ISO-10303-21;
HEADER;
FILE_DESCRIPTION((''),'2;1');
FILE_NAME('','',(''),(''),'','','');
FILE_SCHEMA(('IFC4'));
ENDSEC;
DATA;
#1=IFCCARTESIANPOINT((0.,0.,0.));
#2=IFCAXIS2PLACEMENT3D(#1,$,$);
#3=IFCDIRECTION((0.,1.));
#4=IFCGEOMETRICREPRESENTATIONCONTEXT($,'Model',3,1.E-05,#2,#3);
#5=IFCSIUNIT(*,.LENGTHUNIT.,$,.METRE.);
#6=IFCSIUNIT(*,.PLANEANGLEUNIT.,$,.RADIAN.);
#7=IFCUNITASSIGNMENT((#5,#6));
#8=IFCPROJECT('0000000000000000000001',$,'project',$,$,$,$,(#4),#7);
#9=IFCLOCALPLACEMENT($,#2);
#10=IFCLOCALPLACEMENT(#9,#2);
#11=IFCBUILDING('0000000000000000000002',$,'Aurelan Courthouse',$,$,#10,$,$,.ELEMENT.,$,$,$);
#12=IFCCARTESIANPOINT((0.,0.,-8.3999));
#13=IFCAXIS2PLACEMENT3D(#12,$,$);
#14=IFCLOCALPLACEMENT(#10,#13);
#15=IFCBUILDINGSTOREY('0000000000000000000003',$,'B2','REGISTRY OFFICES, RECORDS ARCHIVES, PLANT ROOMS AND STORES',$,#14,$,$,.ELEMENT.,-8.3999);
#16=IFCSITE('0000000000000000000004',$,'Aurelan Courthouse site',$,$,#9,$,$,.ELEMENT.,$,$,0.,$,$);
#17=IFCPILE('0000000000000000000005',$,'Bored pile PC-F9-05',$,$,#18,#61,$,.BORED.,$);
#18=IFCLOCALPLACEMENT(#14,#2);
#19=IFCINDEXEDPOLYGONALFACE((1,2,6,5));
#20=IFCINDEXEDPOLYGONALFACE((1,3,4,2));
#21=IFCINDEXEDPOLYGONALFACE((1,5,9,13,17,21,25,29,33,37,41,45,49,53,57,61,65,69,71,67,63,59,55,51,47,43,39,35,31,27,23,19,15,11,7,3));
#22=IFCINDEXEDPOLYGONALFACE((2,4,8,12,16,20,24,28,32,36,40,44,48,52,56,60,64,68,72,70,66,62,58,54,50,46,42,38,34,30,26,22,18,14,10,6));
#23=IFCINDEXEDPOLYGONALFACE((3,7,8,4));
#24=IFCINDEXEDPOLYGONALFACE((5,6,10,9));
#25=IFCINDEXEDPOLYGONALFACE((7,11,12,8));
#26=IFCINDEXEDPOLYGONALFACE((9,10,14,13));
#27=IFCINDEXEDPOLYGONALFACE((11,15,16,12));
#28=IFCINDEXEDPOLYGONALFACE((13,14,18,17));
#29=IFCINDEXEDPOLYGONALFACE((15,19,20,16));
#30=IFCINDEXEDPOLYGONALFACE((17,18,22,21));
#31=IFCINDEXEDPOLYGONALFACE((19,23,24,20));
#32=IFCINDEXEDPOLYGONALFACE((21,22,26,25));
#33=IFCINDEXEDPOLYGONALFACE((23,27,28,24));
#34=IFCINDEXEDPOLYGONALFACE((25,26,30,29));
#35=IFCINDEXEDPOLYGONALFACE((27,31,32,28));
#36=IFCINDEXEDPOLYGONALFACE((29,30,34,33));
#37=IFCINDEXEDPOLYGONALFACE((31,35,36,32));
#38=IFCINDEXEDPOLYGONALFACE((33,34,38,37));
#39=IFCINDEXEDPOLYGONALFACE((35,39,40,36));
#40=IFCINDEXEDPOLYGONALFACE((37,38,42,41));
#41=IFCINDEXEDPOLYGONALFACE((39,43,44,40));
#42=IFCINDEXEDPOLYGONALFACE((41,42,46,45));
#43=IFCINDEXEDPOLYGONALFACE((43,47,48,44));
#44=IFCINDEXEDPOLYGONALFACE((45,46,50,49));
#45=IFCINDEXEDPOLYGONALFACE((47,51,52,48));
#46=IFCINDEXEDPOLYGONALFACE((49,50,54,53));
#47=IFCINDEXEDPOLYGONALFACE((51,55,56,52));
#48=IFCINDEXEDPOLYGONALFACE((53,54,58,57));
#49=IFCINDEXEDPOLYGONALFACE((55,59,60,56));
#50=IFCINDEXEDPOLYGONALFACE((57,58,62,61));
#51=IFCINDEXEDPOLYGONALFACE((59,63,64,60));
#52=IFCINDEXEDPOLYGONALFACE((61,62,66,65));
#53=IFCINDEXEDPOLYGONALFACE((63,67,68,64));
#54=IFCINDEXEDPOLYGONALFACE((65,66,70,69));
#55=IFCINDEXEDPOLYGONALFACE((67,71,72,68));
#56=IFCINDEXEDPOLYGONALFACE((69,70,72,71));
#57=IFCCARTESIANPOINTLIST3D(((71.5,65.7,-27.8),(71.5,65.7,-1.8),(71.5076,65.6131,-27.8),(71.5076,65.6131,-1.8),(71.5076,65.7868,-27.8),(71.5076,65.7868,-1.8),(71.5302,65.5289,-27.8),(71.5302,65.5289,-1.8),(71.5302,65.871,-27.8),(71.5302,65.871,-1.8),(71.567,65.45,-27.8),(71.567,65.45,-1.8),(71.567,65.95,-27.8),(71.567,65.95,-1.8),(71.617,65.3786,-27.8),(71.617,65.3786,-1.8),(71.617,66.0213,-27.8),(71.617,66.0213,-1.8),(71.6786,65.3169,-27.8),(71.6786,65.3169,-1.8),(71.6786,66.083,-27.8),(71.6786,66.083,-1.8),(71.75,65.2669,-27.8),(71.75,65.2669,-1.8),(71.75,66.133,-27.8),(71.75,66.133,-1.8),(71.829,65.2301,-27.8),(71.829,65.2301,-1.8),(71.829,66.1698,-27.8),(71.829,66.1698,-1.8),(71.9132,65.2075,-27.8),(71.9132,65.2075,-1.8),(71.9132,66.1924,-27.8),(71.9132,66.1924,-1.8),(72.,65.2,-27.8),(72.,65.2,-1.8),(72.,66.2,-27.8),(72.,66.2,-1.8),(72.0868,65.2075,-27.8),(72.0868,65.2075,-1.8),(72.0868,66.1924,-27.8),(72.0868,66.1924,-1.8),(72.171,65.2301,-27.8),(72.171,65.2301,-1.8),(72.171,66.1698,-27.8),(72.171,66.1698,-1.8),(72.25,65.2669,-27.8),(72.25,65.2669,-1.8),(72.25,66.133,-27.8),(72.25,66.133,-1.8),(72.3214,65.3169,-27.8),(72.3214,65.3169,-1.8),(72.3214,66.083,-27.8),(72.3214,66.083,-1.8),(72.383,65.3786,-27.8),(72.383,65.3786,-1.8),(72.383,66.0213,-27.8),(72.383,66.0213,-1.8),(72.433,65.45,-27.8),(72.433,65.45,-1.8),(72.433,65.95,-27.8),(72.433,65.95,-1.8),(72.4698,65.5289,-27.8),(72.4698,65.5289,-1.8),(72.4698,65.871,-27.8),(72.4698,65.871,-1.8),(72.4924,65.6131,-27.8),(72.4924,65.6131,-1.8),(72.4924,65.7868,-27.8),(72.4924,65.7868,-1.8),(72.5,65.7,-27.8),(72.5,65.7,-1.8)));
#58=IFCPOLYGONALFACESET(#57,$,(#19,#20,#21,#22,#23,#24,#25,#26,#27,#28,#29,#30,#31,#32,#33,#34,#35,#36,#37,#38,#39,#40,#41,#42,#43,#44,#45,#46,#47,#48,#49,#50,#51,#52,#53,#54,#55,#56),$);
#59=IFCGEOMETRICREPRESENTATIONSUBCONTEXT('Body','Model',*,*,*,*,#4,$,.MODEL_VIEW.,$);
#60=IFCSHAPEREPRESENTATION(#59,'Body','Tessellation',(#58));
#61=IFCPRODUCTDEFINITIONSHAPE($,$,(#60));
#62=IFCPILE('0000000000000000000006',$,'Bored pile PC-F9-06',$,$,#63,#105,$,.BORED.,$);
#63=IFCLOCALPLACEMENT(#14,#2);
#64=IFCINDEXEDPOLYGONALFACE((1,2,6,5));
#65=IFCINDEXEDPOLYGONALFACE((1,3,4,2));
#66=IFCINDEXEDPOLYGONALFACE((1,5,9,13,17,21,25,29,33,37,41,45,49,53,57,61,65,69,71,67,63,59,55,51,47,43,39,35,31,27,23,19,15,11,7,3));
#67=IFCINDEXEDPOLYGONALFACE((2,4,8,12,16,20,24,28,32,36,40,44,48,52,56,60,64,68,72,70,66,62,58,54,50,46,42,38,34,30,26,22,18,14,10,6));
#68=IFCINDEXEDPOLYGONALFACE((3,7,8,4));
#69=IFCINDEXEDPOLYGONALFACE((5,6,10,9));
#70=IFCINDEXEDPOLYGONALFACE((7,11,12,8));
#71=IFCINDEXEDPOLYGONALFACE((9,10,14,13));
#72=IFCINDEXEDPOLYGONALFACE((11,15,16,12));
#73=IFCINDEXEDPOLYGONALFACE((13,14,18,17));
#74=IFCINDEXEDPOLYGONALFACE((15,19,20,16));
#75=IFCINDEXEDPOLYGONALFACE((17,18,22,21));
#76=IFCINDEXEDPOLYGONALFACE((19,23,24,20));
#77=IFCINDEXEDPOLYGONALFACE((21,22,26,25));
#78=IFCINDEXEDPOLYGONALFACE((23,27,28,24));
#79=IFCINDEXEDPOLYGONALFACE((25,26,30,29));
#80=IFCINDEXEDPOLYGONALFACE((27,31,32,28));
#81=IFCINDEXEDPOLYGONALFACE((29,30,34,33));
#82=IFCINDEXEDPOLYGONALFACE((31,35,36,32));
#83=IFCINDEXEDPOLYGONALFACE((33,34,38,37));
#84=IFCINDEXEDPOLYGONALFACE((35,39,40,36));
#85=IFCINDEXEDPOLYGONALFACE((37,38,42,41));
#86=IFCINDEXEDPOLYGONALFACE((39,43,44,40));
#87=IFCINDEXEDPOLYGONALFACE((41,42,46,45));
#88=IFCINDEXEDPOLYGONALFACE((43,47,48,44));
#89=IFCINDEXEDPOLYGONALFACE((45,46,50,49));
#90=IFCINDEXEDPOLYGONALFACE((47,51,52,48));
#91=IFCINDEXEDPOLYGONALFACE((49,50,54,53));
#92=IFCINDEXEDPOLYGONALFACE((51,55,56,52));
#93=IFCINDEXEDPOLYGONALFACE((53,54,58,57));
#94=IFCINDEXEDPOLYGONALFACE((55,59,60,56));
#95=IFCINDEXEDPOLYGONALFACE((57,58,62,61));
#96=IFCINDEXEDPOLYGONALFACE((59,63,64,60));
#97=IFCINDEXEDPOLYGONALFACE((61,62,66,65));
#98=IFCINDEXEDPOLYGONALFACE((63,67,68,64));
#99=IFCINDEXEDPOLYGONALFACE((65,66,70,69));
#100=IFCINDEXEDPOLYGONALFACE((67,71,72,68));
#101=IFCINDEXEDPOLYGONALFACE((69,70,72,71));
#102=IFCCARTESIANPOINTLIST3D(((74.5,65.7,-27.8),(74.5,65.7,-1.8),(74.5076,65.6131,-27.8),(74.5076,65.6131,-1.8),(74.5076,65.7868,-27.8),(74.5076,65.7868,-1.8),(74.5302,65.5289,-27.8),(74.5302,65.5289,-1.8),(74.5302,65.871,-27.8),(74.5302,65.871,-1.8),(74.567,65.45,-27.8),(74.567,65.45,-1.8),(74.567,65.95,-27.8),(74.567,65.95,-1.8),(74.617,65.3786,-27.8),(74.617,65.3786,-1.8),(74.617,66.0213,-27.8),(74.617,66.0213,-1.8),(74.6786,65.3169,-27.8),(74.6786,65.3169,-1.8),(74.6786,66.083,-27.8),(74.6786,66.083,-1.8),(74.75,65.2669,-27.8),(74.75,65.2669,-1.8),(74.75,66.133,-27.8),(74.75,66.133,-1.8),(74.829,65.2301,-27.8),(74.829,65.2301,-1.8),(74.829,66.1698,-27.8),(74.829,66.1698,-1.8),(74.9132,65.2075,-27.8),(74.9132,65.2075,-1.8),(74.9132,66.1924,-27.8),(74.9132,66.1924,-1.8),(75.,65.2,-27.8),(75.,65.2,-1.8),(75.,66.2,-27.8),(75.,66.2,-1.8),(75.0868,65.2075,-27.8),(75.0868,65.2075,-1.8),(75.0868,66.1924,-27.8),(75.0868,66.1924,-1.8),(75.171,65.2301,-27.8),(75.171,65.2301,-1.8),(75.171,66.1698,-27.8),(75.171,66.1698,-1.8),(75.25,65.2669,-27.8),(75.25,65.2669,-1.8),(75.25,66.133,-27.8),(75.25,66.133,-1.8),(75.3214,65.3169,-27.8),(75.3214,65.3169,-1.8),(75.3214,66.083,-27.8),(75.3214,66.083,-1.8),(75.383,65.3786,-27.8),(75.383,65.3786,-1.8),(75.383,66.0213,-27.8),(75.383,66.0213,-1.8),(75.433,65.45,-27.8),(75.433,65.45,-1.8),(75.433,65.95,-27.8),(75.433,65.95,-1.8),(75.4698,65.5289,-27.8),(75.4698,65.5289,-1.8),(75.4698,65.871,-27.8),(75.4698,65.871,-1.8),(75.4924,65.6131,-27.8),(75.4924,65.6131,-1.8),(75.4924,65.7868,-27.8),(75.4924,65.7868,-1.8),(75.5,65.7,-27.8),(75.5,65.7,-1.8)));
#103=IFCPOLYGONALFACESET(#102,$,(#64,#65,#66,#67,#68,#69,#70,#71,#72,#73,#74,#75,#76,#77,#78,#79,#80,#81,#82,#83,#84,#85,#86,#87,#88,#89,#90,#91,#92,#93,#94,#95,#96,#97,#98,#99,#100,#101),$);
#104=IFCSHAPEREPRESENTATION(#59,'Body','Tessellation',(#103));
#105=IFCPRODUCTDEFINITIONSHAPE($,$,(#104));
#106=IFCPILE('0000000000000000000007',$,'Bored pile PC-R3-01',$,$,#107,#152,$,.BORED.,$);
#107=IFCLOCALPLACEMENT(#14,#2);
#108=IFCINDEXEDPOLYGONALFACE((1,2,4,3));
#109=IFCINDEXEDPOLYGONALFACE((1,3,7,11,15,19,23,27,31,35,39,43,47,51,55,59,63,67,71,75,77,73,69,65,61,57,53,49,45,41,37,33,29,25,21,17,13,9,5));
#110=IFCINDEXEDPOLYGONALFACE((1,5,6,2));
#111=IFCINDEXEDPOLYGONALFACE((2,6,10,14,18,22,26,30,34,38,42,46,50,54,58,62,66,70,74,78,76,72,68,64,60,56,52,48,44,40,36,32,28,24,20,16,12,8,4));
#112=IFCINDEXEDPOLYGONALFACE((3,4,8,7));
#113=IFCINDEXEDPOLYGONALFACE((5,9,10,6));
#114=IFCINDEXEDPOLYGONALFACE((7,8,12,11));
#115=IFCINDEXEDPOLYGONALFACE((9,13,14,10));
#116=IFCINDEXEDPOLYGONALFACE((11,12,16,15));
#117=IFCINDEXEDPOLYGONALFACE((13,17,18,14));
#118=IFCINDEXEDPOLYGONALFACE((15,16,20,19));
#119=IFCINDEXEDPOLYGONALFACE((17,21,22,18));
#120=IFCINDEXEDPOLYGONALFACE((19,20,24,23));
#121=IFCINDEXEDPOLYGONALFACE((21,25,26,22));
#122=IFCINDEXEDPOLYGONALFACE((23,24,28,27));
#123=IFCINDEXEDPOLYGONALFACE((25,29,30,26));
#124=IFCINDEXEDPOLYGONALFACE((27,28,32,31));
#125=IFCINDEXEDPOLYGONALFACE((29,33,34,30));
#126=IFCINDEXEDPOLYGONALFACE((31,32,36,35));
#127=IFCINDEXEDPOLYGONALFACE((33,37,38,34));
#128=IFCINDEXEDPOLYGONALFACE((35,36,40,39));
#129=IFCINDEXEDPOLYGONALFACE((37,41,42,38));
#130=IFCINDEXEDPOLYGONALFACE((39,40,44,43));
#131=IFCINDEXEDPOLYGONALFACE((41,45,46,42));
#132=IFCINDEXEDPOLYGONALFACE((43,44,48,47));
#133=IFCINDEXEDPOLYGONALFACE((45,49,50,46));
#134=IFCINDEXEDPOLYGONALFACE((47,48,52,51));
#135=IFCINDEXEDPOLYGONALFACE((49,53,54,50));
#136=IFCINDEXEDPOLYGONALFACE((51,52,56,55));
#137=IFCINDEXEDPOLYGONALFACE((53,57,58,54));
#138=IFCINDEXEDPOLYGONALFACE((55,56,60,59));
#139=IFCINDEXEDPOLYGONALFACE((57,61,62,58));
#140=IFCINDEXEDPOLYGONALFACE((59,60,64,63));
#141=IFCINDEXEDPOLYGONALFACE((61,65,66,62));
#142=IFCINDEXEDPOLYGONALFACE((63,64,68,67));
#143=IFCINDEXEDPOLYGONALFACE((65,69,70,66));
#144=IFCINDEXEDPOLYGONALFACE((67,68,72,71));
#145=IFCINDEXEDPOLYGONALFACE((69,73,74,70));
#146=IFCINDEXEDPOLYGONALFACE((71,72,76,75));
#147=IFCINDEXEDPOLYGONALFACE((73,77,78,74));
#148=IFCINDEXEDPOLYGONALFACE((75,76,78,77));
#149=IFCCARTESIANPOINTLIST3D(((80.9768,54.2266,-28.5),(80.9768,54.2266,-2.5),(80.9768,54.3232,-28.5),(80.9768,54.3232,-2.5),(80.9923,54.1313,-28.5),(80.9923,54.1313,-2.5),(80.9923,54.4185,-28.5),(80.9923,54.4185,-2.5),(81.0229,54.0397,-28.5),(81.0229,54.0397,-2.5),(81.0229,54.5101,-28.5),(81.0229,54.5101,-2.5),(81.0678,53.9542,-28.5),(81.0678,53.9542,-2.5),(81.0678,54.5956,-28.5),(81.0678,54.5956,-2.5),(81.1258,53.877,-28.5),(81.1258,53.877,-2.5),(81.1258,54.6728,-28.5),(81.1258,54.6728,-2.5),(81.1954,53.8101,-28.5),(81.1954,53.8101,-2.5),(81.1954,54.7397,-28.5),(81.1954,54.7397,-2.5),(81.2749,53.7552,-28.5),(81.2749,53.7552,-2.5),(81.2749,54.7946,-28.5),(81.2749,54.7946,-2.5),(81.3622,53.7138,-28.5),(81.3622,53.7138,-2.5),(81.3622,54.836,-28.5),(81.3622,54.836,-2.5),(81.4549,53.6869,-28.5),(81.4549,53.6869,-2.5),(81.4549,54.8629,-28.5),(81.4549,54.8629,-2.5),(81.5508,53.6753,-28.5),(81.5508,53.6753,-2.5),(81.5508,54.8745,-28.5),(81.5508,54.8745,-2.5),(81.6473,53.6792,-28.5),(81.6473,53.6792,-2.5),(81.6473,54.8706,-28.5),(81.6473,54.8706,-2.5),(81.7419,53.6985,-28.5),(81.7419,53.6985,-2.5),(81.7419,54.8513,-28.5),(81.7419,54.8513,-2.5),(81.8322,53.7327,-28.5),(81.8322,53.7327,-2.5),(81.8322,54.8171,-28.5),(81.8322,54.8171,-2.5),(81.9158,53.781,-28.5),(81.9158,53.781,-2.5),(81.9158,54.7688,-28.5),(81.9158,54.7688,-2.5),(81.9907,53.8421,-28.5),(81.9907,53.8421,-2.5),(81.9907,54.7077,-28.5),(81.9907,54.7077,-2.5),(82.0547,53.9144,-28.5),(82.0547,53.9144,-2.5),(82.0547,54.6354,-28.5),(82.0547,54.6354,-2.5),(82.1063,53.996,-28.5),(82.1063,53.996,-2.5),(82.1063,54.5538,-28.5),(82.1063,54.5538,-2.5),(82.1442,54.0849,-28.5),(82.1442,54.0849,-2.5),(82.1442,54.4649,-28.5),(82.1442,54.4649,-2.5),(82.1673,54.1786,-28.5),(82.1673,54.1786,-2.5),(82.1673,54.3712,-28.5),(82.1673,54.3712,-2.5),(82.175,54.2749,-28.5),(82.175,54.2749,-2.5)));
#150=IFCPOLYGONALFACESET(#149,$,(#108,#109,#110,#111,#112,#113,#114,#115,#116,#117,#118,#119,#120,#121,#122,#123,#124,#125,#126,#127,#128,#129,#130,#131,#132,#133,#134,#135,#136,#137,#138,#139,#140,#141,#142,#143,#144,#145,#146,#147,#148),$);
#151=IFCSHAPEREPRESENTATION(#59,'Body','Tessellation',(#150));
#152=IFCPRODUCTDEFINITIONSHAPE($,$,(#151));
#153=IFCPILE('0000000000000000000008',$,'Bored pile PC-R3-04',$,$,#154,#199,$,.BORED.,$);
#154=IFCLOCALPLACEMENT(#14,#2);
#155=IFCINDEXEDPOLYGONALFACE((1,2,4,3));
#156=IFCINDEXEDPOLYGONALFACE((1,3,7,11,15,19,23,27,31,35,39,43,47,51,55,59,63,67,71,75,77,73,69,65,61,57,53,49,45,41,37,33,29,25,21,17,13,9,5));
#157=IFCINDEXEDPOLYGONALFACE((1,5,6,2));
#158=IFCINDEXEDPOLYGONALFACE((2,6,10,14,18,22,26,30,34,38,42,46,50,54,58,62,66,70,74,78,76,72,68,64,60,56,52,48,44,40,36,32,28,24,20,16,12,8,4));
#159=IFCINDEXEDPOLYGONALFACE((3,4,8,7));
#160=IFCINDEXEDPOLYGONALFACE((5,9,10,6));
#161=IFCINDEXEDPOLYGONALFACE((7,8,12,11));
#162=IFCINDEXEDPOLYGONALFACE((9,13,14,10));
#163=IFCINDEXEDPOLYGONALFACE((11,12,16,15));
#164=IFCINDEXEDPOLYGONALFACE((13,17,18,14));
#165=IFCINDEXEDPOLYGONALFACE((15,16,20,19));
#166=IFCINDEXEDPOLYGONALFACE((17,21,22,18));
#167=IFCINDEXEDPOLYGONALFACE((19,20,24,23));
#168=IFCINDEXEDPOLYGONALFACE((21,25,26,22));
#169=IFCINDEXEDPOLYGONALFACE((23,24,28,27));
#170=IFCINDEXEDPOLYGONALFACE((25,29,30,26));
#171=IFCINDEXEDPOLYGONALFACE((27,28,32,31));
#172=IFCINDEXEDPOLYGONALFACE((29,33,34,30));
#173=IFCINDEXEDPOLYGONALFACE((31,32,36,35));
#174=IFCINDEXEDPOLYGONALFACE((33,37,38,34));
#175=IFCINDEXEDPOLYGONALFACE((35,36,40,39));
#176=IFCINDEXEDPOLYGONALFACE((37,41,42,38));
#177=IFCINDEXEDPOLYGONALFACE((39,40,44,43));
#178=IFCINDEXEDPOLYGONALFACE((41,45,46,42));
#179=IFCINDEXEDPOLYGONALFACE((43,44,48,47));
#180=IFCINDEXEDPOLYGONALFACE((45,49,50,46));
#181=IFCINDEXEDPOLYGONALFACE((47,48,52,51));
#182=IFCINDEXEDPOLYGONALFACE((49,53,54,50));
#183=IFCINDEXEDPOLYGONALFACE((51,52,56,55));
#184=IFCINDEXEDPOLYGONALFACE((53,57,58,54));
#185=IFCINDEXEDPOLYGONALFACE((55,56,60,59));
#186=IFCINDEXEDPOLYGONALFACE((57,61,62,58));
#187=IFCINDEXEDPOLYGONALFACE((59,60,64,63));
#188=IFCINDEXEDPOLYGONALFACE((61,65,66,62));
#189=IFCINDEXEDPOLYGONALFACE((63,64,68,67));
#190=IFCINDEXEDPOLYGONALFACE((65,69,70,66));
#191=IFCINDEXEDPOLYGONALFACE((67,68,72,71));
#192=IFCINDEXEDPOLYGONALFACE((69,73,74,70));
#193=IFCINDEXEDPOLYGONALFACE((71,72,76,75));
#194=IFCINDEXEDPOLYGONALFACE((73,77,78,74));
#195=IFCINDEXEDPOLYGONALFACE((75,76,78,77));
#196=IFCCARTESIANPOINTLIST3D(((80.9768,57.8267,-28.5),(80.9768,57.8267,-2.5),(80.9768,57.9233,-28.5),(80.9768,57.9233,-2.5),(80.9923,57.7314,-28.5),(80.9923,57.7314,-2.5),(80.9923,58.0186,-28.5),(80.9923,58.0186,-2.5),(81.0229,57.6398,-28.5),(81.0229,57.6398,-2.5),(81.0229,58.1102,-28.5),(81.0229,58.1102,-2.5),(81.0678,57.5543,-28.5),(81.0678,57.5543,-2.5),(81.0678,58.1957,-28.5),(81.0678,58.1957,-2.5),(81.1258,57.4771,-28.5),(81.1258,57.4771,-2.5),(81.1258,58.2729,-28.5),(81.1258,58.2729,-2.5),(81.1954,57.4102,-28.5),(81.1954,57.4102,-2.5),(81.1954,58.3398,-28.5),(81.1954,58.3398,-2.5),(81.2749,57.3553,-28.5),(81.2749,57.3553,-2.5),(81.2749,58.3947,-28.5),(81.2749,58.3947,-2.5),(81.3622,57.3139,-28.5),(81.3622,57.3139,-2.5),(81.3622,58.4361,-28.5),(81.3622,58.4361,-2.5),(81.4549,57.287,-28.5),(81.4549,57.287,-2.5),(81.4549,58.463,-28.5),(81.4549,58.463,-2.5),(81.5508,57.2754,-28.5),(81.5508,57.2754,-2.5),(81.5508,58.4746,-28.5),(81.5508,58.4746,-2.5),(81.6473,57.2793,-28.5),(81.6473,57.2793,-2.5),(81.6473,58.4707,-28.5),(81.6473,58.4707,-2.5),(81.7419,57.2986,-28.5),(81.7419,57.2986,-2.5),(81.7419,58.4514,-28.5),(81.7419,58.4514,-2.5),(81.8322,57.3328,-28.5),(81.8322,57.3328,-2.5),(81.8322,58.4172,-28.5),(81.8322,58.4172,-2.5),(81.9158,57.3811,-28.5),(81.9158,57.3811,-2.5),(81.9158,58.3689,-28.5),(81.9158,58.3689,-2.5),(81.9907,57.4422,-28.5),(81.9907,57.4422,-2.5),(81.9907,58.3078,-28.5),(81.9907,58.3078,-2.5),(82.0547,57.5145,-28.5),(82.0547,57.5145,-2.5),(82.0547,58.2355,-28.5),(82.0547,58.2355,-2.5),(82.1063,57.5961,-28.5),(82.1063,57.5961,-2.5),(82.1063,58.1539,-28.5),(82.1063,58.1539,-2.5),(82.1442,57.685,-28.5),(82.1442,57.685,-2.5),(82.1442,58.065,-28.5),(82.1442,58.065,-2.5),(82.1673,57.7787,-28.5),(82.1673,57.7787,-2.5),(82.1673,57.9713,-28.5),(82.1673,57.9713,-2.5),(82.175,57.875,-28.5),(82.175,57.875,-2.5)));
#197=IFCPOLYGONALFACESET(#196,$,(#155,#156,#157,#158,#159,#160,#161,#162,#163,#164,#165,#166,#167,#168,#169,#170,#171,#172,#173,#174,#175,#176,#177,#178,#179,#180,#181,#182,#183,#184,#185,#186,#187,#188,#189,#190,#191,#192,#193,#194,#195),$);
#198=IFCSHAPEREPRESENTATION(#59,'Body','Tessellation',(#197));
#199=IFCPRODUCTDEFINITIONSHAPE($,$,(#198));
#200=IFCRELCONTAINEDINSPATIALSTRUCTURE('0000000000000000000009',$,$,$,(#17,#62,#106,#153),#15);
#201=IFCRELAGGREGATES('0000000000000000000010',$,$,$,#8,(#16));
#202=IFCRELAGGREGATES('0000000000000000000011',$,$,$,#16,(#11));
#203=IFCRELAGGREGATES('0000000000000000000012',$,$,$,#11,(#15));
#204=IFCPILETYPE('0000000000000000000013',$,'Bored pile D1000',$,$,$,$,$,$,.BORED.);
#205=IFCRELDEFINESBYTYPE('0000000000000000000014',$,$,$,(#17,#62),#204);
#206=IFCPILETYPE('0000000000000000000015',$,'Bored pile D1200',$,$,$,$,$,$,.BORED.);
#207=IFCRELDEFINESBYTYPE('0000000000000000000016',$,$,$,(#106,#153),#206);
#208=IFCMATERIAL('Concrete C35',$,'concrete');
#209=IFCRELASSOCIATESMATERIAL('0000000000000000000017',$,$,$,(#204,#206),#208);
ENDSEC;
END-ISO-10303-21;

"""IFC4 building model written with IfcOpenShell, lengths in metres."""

from ifc_helpers import new_model, si_unit, direction, frame, origin, origin_2d, place, context, subcontext, project, spatial, circle, extrude, material, material_profile, profile_set, type_object, element, save


model = new_model("IFC4")

# Units and contexts
model_context = context("Model", 3, precision=1e-05, world=origin(), true_north=direction((0.0, 1.0)))
body_context = subcontext(model_context, "Body", "Model", "MODEL_VIEW")
ifc_project = project(units=[si_unit("LENGTHUNIT", "METRE"), si_unit("PLANEANGLEUNIT", "RADIAN")], contexts=[model_context])

# Site, building, storey
site_placement = place(None, origin())
site = spatial("IfcSite", under=ifc_project, at=site_placement, Name="Aurelan Courthouse site", CompositionType="ELEMENT", RefElevation=0.0)
building_placement = place(site_placement, origin())
building = spatial("IfcBuilding", under=site, at=building_placement, Name="Aurelan Courthouse", CompositionType="ELEMENT")
storey_placement = place(building_placement, frame((0.0, 0.0, -8.3999)))
storey = spatial("IfcBuildingStorey", under=building, at=storey_placement, Name="B2", Description="REGISTRY OFFICES, RECORDS ARCHIVES, PLANT ROOMS AND STORES", CompositionType="ELEMENT", Elevation=-8.3999)

# Piles
ifc_material_1 = material(Name="Concrete C35", Category="concrete")
ifc_material_profile_1 = material_profile(ifc_material_1, circle(Radius=0.5, at=origin_2d()), Name="D1000")
ifc_profile_set_1 = profile_set([ifc_material_profile_1], Name="Concrete C35")
pile_type_1 = type_object("IfcPileType", Name="Bored pile D1000", PredefinedType="BORED", material=ifc_profile_set_1)
for number, where, z_axis, x_axis, name in (
    (1, (72.0, 65.7, -1.8), (0.0, 0.0, -1.0), (1.0, 0.0, 0.0), "Bored pile PC-F9-05"),
    (2, (75.0, 65.7, -1.8), (0.0, 0.0, -1.0), (1.0, 0.0, 0.0), "Bored pile PC-F9-06"),
):
    element("IfcPile", number, at=place(storey_placement, frame(where, z_axis=z_axis, x_axis=x_axis)), inside=storey, type_object=pile_type_1, Name=name, PredefinedType="BORED", context=body_context, shape_type="SweptSolid", body=[
        extrude(circle(Radius=0.5, at=origin_2d()), origin(), (0.0, 0.0, 1.0), 26.0),
    ])
ifc_material_profile_2 = material_profile(ifc_material_1, circle(Radius=0.6001, at=origin_2d()), Name="D1200")
ifc_profile_set_2 = profile_set([ifc_material_profile_2], Name="Concrete C35")
pile_type_2 = type_object("IfcPileType", Name="Bored pile D1200", PredefinedType="BORED", material=ifc_profile_set_2)
for number, where, z_axis, x_axis, name in (
    (3, (81.575, 54.2749, -2.5), (0.0, 0.0, -1.0), (1.0, 0.0, 0.0), "Bored pile PC-R3-01"),
    (4, (81.575, 57.875, -2.5), (0.0, 0.0, -1.0), (1.0, 0.0, 0.0), "Bored pile PC-R3-04"),
):
    element("IfcPile", number, at=place(storey_placement, frame(where, z_axis=z_axis, x_axis=x_axis)), inside=storey, type_object=pile_type_2, Name=name, PredefinedType="BORED", context=body_context, shape_type="SweptSolid", body=[
        extrude(circle(Radius=0.6001, at=origin_2d()), origin(), (0.0, 0.0, 1.0), 26.0),
    ])

save(model, "model.ifc")
